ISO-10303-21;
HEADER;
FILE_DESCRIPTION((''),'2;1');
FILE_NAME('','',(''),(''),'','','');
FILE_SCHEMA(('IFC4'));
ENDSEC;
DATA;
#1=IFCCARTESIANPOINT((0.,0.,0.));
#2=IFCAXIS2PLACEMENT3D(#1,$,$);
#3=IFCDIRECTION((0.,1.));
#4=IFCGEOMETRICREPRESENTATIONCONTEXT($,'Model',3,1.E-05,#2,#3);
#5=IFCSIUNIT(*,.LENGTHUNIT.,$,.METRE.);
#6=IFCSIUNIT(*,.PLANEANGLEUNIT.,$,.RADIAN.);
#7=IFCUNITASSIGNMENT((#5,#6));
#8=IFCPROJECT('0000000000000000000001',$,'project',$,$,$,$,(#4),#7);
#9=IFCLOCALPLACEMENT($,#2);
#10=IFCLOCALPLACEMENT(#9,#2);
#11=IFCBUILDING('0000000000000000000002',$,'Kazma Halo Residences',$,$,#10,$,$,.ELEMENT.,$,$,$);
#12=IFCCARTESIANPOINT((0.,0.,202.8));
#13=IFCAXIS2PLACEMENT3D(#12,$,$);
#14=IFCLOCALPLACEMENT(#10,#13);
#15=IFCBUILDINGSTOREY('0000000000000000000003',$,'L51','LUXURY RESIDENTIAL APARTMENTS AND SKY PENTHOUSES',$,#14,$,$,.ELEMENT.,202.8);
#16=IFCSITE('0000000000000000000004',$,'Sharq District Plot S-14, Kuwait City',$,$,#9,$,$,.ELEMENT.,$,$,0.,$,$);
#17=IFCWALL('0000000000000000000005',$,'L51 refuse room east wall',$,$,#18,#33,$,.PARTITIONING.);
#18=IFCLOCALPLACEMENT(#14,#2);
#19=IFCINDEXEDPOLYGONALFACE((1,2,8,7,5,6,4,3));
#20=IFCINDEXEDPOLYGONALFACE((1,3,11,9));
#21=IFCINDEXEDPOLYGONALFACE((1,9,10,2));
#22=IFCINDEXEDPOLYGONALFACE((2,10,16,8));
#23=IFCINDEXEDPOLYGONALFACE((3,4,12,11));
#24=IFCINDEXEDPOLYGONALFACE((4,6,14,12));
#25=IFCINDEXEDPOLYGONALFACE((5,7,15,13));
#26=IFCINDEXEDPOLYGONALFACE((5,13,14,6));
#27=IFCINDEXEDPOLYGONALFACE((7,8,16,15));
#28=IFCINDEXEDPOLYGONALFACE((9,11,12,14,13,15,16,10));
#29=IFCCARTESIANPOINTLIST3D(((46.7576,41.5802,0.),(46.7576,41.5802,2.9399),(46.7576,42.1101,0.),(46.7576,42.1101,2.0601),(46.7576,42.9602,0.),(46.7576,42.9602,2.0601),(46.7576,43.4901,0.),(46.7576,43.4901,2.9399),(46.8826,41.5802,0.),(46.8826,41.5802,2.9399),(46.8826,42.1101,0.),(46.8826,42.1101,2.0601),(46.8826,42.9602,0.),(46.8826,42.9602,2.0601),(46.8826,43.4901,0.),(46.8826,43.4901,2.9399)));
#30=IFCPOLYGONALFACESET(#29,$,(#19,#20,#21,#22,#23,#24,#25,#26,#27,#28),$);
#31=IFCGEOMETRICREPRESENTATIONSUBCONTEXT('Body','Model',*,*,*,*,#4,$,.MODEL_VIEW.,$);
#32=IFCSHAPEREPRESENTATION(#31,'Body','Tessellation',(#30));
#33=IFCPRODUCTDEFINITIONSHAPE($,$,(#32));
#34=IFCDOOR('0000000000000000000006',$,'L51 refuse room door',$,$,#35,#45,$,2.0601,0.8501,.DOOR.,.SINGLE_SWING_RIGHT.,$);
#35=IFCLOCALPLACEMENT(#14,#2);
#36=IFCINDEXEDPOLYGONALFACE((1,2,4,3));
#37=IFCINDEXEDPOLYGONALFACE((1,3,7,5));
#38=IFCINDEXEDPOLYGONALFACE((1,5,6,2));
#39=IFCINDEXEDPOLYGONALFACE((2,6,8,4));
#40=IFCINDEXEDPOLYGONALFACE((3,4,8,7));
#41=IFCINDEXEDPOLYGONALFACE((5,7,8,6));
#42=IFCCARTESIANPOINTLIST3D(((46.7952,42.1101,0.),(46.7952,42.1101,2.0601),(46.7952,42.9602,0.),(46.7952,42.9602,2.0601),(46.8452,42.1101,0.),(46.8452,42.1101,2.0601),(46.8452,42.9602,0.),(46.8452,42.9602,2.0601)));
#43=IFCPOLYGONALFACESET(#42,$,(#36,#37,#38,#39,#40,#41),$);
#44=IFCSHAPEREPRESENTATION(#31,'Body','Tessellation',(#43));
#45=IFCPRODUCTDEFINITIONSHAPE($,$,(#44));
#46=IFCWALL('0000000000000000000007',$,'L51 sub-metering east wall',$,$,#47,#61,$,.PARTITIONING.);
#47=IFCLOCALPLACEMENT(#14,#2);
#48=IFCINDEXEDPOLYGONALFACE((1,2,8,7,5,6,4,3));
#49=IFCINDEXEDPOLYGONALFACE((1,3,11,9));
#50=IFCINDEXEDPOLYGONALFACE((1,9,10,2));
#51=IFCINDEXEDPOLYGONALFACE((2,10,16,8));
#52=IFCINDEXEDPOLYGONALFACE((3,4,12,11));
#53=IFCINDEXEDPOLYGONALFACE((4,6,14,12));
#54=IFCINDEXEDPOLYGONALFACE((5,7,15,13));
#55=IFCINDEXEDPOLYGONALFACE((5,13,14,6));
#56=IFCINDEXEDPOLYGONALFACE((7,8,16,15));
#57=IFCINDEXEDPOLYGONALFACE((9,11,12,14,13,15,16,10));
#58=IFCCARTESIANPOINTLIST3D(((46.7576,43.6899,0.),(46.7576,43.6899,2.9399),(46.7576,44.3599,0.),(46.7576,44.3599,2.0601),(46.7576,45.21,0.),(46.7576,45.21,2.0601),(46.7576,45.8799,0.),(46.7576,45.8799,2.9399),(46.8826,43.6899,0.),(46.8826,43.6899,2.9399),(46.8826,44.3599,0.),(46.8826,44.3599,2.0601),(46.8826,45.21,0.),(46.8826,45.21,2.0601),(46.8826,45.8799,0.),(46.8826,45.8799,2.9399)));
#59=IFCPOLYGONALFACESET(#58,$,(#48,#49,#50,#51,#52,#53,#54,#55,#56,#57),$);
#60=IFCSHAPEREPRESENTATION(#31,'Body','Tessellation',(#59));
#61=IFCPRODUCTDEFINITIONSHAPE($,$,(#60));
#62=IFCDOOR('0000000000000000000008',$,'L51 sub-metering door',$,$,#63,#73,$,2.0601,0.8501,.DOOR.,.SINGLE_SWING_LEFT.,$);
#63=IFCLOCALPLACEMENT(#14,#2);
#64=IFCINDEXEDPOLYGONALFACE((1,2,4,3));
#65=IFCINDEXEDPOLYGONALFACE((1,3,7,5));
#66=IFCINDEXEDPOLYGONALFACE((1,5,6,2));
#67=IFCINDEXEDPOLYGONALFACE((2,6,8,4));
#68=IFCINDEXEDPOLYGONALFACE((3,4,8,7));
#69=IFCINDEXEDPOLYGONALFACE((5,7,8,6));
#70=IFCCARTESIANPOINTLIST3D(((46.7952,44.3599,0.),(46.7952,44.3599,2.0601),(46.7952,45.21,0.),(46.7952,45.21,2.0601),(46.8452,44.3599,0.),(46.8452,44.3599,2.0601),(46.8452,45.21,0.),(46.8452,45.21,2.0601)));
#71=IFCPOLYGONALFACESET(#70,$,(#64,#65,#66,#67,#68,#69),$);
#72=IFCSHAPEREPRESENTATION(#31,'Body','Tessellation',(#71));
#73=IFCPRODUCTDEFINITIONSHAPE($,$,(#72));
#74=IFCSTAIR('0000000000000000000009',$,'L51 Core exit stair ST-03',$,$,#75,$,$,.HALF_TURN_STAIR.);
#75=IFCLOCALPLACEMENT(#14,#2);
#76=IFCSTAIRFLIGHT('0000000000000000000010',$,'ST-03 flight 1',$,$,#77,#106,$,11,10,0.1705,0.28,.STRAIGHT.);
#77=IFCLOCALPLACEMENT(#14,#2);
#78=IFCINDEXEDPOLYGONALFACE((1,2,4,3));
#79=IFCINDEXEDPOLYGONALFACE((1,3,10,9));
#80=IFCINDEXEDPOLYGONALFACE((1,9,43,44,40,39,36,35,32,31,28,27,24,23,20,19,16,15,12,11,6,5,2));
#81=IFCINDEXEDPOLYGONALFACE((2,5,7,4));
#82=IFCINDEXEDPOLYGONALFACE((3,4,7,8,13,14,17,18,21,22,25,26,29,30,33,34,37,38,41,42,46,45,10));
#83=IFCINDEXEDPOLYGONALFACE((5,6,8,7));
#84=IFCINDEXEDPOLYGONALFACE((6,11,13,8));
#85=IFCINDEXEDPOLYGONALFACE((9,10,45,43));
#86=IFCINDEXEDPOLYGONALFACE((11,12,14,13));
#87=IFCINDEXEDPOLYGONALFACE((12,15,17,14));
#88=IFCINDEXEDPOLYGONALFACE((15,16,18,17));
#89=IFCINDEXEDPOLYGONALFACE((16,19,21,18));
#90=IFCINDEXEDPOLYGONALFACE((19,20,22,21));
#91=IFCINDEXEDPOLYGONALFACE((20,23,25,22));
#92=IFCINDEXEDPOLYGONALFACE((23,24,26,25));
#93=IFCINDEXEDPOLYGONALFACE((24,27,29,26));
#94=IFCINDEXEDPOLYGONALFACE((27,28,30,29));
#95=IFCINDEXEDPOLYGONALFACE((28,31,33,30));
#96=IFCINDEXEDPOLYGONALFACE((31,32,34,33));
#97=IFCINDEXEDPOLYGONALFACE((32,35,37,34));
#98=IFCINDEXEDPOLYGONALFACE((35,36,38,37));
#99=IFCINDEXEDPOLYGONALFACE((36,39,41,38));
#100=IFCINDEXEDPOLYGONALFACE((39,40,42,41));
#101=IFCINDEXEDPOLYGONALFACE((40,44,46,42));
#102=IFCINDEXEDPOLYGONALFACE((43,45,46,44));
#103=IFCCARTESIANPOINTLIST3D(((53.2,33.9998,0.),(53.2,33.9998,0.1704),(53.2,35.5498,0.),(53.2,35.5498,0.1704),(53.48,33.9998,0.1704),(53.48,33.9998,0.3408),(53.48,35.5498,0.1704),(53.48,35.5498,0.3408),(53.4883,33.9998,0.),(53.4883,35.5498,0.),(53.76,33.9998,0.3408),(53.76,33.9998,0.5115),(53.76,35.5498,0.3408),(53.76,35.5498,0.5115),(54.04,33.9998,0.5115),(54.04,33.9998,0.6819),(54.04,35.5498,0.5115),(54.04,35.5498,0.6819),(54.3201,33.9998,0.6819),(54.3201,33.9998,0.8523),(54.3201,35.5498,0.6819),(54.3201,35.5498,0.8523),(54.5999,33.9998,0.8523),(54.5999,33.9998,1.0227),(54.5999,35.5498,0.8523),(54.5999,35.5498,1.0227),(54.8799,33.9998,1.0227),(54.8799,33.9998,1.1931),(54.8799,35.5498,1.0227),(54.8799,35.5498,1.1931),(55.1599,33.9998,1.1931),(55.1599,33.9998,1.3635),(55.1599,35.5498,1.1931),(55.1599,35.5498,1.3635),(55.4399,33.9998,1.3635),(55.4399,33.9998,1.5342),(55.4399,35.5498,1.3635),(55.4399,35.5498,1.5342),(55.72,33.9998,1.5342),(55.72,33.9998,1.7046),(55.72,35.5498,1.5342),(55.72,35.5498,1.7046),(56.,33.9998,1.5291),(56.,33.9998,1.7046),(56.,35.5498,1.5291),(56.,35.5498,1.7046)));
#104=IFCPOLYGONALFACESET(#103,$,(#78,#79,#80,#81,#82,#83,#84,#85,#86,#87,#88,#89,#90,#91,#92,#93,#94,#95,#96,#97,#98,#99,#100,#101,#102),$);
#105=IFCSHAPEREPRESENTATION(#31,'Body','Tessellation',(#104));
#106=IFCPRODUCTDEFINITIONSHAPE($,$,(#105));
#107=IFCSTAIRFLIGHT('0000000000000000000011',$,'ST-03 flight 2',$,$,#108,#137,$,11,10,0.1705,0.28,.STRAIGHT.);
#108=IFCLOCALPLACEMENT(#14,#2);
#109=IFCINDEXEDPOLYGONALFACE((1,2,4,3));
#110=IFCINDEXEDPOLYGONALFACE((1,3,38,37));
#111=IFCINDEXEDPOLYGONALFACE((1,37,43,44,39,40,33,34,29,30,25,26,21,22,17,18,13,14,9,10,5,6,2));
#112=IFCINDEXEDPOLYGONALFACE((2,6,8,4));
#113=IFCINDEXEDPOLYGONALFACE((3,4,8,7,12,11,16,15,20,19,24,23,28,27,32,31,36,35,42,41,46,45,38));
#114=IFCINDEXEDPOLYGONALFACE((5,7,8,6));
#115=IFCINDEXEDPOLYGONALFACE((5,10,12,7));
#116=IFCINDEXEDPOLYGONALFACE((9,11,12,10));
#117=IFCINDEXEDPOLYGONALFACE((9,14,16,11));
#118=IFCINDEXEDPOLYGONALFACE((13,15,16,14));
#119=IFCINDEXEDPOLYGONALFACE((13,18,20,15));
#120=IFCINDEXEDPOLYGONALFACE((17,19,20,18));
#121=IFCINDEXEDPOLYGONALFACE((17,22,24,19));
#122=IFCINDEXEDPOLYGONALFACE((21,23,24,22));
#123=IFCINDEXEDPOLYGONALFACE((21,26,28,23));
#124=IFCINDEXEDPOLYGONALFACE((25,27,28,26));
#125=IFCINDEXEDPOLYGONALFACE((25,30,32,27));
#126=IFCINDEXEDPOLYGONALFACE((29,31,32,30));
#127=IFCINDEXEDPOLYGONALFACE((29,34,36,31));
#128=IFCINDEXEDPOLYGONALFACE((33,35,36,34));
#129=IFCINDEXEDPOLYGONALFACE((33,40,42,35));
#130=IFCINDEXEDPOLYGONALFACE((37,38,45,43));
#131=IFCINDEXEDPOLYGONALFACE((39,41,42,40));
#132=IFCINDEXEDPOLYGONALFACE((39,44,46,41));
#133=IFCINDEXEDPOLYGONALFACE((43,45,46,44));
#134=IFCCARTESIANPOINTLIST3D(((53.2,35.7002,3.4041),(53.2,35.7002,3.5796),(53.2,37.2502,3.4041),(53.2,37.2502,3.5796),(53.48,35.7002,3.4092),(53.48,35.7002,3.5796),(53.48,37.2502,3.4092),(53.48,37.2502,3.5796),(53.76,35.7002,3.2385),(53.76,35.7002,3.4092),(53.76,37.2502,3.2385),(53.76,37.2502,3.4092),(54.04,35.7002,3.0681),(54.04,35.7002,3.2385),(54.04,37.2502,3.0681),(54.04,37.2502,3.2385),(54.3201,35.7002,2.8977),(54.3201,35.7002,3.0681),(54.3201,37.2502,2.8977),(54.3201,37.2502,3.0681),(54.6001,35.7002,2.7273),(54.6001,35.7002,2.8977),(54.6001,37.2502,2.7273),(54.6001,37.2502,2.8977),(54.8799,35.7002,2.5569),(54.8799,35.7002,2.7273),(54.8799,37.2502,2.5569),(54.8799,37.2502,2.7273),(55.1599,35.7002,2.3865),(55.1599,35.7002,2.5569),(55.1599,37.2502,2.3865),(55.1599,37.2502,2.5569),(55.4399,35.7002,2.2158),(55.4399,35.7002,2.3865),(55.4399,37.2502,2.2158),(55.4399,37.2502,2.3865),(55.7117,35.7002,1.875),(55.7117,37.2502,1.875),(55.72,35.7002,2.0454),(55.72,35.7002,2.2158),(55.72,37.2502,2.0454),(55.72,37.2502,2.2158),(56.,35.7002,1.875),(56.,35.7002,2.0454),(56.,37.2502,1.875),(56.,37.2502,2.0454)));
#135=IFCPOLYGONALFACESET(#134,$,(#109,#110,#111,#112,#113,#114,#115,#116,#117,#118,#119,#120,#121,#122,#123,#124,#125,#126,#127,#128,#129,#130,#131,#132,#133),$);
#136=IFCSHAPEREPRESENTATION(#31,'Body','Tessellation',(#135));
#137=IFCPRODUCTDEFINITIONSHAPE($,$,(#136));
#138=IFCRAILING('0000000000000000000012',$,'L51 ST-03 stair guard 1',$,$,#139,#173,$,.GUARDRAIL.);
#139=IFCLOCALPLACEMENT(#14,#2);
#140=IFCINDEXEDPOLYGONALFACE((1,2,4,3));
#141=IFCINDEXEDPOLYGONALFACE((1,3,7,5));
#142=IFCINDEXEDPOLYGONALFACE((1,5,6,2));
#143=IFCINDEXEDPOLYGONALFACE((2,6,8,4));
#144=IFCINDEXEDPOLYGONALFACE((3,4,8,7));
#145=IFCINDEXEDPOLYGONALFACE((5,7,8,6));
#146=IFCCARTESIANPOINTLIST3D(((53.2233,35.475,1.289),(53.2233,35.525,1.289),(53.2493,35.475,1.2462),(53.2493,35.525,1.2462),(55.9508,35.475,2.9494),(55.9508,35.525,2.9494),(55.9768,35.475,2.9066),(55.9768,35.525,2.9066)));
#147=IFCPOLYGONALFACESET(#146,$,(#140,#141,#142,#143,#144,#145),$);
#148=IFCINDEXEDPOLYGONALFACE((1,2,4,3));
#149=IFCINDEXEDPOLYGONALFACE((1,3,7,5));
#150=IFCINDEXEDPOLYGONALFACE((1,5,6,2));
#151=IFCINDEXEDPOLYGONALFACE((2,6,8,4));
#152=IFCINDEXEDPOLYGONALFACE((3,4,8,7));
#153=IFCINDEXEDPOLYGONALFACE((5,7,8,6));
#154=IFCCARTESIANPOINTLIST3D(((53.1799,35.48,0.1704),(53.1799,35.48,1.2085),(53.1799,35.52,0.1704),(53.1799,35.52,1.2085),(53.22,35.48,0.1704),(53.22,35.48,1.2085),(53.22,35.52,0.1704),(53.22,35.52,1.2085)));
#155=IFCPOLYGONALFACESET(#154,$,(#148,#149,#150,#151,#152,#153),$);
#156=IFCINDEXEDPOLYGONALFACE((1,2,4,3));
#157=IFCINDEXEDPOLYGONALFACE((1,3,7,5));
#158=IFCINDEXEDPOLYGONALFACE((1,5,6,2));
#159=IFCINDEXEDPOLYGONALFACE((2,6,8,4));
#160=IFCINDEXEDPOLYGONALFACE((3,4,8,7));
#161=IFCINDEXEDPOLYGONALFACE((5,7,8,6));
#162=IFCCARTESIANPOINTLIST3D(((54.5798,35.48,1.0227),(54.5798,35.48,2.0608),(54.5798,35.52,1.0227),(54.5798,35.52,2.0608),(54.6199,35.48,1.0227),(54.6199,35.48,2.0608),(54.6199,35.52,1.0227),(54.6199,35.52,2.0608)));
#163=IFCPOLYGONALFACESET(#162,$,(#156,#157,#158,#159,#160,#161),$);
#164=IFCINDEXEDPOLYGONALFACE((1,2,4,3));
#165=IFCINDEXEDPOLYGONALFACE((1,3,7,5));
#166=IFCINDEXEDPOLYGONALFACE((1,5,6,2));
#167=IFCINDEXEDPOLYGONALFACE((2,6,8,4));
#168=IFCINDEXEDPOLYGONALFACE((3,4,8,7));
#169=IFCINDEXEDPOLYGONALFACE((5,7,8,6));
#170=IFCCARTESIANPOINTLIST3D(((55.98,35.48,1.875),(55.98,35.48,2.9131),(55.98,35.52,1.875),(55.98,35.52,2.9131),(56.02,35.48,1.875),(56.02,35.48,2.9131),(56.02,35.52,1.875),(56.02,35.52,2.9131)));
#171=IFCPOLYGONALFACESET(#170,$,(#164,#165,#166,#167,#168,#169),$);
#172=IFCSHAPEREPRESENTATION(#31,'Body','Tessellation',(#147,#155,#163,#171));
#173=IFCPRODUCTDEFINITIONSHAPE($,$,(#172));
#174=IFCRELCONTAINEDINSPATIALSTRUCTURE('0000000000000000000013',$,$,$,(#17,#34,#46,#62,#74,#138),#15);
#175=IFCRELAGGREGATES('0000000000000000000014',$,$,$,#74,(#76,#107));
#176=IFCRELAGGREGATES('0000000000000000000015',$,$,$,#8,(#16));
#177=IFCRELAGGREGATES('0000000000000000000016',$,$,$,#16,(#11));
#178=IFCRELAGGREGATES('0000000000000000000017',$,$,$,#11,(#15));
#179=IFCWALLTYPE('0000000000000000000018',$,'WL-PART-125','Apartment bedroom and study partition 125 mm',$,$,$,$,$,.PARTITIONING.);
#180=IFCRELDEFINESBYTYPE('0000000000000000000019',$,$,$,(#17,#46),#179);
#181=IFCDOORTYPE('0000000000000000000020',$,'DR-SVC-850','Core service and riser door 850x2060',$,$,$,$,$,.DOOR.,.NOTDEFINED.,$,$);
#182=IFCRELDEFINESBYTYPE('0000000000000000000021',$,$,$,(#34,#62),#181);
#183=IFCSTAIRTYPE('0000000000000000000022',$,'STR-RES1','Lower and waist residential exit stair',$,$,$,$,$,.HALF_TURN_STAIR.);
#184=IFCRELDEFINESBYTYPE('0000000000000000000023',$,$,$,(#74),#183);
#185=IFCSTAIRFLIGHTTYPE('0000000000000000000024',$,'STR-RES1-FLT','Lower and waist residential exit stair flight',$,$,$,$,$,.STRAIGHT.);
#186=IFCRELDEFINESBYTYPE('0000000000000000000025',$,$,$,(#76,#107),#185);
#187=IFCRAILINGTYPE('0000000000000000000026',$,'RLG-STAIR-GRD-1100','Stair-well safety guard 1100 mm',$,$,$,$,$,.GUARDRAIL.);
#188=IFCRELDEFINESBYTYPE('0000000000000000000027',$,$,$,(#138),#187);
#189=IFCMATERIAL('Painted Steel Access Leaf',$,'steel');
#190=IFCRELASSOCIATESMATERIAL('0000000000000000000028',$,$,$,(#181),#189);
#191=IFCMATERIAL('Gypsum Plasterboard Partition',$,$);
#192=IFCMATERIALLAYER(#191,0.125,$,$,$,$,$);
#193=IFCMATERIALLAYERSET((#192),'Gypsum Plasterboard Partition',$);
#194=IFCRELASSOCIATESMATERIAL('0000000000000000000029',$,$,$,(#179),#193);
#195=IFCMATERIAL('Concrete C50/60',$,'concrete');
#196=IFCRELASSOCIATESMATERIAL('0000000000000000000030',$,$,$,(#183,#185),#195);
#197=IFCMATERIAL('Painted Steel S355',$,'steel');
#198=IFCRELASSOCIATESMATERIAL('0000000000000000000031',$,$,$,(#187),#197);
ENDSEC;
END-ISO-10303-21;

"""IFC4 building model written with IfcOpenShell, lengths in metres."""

from ifc_helpers import new_model, si_unit, direction, frame, frame_2d, origin, origin_2d, place, context, subcontext, project, spatial, polyline, rectangle, outline, extrude, material, layer, layer_set, type_object, element, fill, aggregate, save


model = new_model("IFC4")

# Units and contexts
model_context = context("Model", 3, precision=1e-05, world=origin(), true_north=direction((0.0, 1.0)))
body_context = subcontext(model_context, "Body", "Model", "MODEL_VIEW")
ifc_project = project(units=[si_unit("LENGTHUNIT", "METRE"), si_unit("PLANEANGLEUNIT", "RADIAN")], contexts=[model_context])

# Site, building, storey
site_placement = place(None, origin())
site = spatial("IfcSite", under=ifc_project, at=site_placement, Name="Sharq District Plot S-14, Kuwait City", CompositionType="ELEMENT", RefElevation=0.0)
building_placement = place(site_placement, origin())
building = spatial("IfcBuilding", under=site, at=building_placement, Name="Kazma Halo Residences", CompositionType="ELEMENT")
storey_placement = place(building_placement, frame((0.0, 0.0, 202.8)))
storey = spatial("IfcBuildingStorey", under=building, at=storey_placement, Name="L51", Description="LUXURY RESIDENTIAL APARTMENTS AND SKY PENTHOUSES", CompositionType="ELEMENT", Elevation=202.8)

# Shared definitions
ifc_material_1 = material(Name="Painted Steel Access Leaf", Category="steel")
door_type_1 = type_object("IfcDoorType", Name="DR-SVC-850", Description="Core service and riser door 850x2060", OperationType="NOTDEFINED", PredefinedType="DOOR", material=ifc_material_1)

# Shared definitions
ifc_material_2 = material(Name="Gypsum Plasterboard Partition")
ifc_layer_1 = layer(ifc_material_2, 0.125)
ifc_layer_set_1 = layer_set([ifc_layer_1], Name="Gypsum Plasterboard Partition")
wall_type_1 = type_object("IfcWallType", Name="WL-PART-125", Description="Apartment bedroom and study partition 125 mm", PredefinedType="PARTITIONING", material=ifc_layer_set_1)

# Walls, openings, doors
wall_1_placement = place(storey_placement, frame((46.8201, 41.5801, 0.0), z_axis=(0.0, 0.0, 1.0), x_axis=(0.0, 1.0, 0.0)))
wall_1 = element("IfcWall", 1, at=wall_1_placement, inside=storey, type_object=wall_type_1, Name="L51 refuse room east wall", PredefinedType="PARTITIONING", context=body_context, shape_type="SweptSolid", body=[
    extrude(rectangle(XDim=1.9099, YDim=0.125, at=frame_2d((0.9551, 0.0))), origin(), (0.0, 0.0, 1.0), 2.9399),
])
opening_1_placement = place(wall_1_placement, frame((0.53, 0.0, 0.0)))
opening_1 = element("IfcOpeningElement", 2, at=opening_1_placement, cuts=wall_1, PredefinedType="OPENING", context=body_context, shape_type="SweptSolid", body=[
    extrude(rectangle(XDim=0.8501, YDim=2.0601, at=frame_2d((0.425, 1.03))), frame((0.0, 0.0725, 0.0), z_axis=(0.0, -1.0, 0.0), x_axis=(1.0, 0.0, 0.0)), (0.0, 0.0, 1.0), 0.145),
])
door_1_placement = place(opening_1_placement, origin())
door_1 = element("IfcDoor", 3, at=door_1_placement, inside=storey, type_object=door_type_1, Name="L51 refuse room door", OperationType="SINGLE_SWING_RIGHT", OverallHeight=2.0601, OverallWidth=0.8501, PredefinedType="DOOR", context=body_context, shape_type="SweptSolid", body=[
    extrude(rectangle(XDim=0.8501, YDim=2.0601, at=frame_2d((0.425, 1.03))), frame((0.0, 0.0249, 0.0), z_axis=(0.0, -1.0, 0.0), x_axis=(1.0, 0.0, 0.0)), (0.0, 0.0, 1.0), 0.05),
])
fill(opening_1, door_1)
wall_2_placement = place(storey_placement, frame((46.8201, 43.6899, 0.0), z_axis=(0.0, 0.0, 1.0), x_axis=(0.0, 1.0, 0.0)))
wall_2 = element("IfcWall", 4, at=wall_2_placement, inside=storey, type_object=wall_type_1, Name="L51 sub-metering east wall", PredefinedType="PARTITIONING", context=body_context, shape_type="SweptSolid", body=[
    extrude(rectangle(XDim=2.1899, YDim=0.125, at=frame_2d((1.095, 0.0))), origin(), (0.0, 0.0, 1.0), 2.9399),
])
opening_2_placement = place(wall_2_placement, frame((0.6699, 0.0, 0.0)))
opening_2 = element("IfcOpeningElement", 5, at=opening_2_placement, cuts=wall_2, PredefinedType="OPENING", context=body_context, shape_type="SweptSolid", body=[
    extrude(rectangle(XDim=0.8501, YDim=2.0601, at=frame_2d((0.425, 1.03))), frame((0.0, 0.0725, 0.0), z_axis=(0.0, -1.0, 0.0), x_axis=(1.0, 0.0, 0.0)), (0.0, 0.0, 1.0), 0.145),
])
door_2_placement = place(opening_2_placement, origin())
door_2 = element("IfcDoor", 6, at=door_2_placement, inside=storey, type_object=door_type_1, Name="L51 sub-metering door", OperationType="SINGLE_SWING_LEFT", OverallHeight=2.0601, OverallWidth=0.8501, PredefinedType="DOOR", context=body_context, shape_type="SweptSolid", body=[
    extrude(rectangle(XDim=0.8501, YDim=2.0601, at=frame_2d((0.425, 1.03))), frame((0.0, 0.0249, 0.0), z_axis=(0.0, -1.0, 0.0), x_axis=(1.0, 0.0, 0.0)), (0.0, 0.0, 1.0), 0.05),
])
fill(opening_2, door_2)
ifc_material_3 = material(Name="Concrete C50/60", Category="concrete")

# Stair, stair flights
stair_type = type_object("IfcStairType", Name="STR-RES1", Description="Lower and waist residential exit stair", PredefinedType="HALF_TURN_STAIR", material=ifc_material_3)
stair_placement = place(storey_placement, origin())
stair = element("IfcStair", 7, at=stair_placement, inside=storey, type_object=stair_type, Name="L51 Core exit stair ST-03", PredefinedType="HALF_TURN_STAIR")
stair_flight_type = type_object("IfcStairFlightType", Name="STR-RES1-FLT", Description="Lower and waist residential exit stair flight", PredefinedType="STRAIGHT", material=ifc_material_3)
stair_flight_1_placement = place(storey_placement, frame((53.2, 34.7749, 0.0), z_axis=(0.0, 0.0, 1.0), x_axis=(1.0, 0.0, 0.0)))
stair_flight_1 = element("IfcStairFlight", 8, at=stair_flight_1_placement, type_object=stair_flight_type, Name="ST-03 flight 1", NumberOfRisers=11, NumberOfTreads=10, PredefinedType="STRAIGHT", RiserHeight=0.1705, TreadLength=0.28, context=body_context, shape_type="SweptSolid", body=[
    extrude(outline(polyline([(0.0, 0.0), (0.0, 0.1704), (0.28, 0.1704), (0.28, 0.3408), (0.5601, 0.3408), (0.5601, 0.5115), (0.8401, 0.5115), (0.8401, 0.6819), (1.1201, 0.6819), (1.1201, 0.8523), (1.3999, 0.8523), (1.3999, 1.0227), (1.6799, 1.0227), (1.6799, 1.1931), (1.96, 1.1931), (1.96, 1.3635), (2.24, 1.3635), (2.24, 1.5342), (2.52, 1.5342), (2.52, 1.7046), (2.8, 1.7046), (2.8, 1.875), (2.8, 1.5291), (0.2883, 0.0), (0.0, 0.0)])), frame((0.0, 0.7749, 0.0), z_axis=(0.0, -1.0, 0.0), x_axis=(1.0, 0.0, 0.0)), (0.0, 0.0, 1.0), 1.55),
])
stair_flight_2_placement = place(storey_placement, frame((56.0, 36.4751, 1.875), z_axis=(0.0, 0.0, 1.0), x_axis=(-1.0, 0.0, 0.0)))
stair_flight_2 = element("IfcStairFlight", 9, at=stair_flight_2_placement, type_object=stair_flight_type, Name="ST-03 flight 2", NumberOfRisers=11, NumberOfTreads=10, PredefinedType="STRAIGHT", RiserHeight=0.1705, TreadLength=0.28, context=body_context, shape_type="SweptSolid", body=[
    extrude(outline(polyline([(0.0, 0.0), (0.0, 0.1704), (0.28, 0.1704), (0.28, 0.3408), (0.5601, 0.3408), (0.5601, 0.5115), (0.8401, 0.5115), (0.8401, 0.6819), (1.1201, 0.6819), (1.1201, 0.8523), (1.3999, 0.8523), (1.3999, 1.0227), (1.6799, 1.0227), (1.6799, 1.1931), (1.96, 1.1931), (1.96, 1.3635), (2.24, 1.3635), (2.24, 1.5342), (2.52, 1.5342), (2.52, 1.7046), (2.8, 1.7046), (2.8, 1.875), (2.8, 1.5291), (0.2883, 0.0), (0.0, 0.0)])), frame((0.0, 0.7749, 0.0), z_axis=(0.0, -1.0, 0.0), x_axis=(1.0, 0.0, 0.0)), (0.0, 0.0, 1.0), 1.55),
])
aggregate(stair, [stair_flight_1, stair_flight_2])

# Railing
ifc_material_4 = material(Name="Painted Steel S355", Category="steel")
railing_type_1 = type_object("IfcRailingType", Name="RLG-STAIR-GRD-1100", Description="Stair-well safety guard 1100 mm", PredefinedType="GUARDRAIL", material=ifc_material_4)
railing_1_placement = place(storey_placement, frame((53.2, 35.5, 0.1704)))
element("IfcRailing", 10, at=railing_1_placement, inside=storey, type_object=railing_type_1, Name="L51 ST-03 stair guard 1", PredefinedType="GUARDRAIL", context=body_context, shape_type="SweptSolid", body=[
    extrude(rectangle(XDim=0.05, YDim=0.05, at=origin_2d()), frame((0.0364, 0.0, 1.0972), z_axis=(0.85417, 0.0, 0.519994), x_axis=(0.0, 1.0, 0.0)), (0.0, 0.0, 1.0), 3.1931),
    extrude(rectangle(XDim=0.04, YDim=0.04, at=origin_2d()), origin(), (0.0, 0.0, 1.0), 1.0381),
    extrude(rectangle(XDim=0.04, YDim=0.04, at=origin_2d()), frame((1.3999, 0.0, 0.8523)), (0.0, 0.0, 1.0), 1.0381),
    extrude(rectangle(XDim=0.04, YDim=0.04, at=origin_2d()), frame((2.8, 0.0, 1.7046)), (0.0, 0.0, 1.0), 1.0381),
])

save(model, "model.ifc")
